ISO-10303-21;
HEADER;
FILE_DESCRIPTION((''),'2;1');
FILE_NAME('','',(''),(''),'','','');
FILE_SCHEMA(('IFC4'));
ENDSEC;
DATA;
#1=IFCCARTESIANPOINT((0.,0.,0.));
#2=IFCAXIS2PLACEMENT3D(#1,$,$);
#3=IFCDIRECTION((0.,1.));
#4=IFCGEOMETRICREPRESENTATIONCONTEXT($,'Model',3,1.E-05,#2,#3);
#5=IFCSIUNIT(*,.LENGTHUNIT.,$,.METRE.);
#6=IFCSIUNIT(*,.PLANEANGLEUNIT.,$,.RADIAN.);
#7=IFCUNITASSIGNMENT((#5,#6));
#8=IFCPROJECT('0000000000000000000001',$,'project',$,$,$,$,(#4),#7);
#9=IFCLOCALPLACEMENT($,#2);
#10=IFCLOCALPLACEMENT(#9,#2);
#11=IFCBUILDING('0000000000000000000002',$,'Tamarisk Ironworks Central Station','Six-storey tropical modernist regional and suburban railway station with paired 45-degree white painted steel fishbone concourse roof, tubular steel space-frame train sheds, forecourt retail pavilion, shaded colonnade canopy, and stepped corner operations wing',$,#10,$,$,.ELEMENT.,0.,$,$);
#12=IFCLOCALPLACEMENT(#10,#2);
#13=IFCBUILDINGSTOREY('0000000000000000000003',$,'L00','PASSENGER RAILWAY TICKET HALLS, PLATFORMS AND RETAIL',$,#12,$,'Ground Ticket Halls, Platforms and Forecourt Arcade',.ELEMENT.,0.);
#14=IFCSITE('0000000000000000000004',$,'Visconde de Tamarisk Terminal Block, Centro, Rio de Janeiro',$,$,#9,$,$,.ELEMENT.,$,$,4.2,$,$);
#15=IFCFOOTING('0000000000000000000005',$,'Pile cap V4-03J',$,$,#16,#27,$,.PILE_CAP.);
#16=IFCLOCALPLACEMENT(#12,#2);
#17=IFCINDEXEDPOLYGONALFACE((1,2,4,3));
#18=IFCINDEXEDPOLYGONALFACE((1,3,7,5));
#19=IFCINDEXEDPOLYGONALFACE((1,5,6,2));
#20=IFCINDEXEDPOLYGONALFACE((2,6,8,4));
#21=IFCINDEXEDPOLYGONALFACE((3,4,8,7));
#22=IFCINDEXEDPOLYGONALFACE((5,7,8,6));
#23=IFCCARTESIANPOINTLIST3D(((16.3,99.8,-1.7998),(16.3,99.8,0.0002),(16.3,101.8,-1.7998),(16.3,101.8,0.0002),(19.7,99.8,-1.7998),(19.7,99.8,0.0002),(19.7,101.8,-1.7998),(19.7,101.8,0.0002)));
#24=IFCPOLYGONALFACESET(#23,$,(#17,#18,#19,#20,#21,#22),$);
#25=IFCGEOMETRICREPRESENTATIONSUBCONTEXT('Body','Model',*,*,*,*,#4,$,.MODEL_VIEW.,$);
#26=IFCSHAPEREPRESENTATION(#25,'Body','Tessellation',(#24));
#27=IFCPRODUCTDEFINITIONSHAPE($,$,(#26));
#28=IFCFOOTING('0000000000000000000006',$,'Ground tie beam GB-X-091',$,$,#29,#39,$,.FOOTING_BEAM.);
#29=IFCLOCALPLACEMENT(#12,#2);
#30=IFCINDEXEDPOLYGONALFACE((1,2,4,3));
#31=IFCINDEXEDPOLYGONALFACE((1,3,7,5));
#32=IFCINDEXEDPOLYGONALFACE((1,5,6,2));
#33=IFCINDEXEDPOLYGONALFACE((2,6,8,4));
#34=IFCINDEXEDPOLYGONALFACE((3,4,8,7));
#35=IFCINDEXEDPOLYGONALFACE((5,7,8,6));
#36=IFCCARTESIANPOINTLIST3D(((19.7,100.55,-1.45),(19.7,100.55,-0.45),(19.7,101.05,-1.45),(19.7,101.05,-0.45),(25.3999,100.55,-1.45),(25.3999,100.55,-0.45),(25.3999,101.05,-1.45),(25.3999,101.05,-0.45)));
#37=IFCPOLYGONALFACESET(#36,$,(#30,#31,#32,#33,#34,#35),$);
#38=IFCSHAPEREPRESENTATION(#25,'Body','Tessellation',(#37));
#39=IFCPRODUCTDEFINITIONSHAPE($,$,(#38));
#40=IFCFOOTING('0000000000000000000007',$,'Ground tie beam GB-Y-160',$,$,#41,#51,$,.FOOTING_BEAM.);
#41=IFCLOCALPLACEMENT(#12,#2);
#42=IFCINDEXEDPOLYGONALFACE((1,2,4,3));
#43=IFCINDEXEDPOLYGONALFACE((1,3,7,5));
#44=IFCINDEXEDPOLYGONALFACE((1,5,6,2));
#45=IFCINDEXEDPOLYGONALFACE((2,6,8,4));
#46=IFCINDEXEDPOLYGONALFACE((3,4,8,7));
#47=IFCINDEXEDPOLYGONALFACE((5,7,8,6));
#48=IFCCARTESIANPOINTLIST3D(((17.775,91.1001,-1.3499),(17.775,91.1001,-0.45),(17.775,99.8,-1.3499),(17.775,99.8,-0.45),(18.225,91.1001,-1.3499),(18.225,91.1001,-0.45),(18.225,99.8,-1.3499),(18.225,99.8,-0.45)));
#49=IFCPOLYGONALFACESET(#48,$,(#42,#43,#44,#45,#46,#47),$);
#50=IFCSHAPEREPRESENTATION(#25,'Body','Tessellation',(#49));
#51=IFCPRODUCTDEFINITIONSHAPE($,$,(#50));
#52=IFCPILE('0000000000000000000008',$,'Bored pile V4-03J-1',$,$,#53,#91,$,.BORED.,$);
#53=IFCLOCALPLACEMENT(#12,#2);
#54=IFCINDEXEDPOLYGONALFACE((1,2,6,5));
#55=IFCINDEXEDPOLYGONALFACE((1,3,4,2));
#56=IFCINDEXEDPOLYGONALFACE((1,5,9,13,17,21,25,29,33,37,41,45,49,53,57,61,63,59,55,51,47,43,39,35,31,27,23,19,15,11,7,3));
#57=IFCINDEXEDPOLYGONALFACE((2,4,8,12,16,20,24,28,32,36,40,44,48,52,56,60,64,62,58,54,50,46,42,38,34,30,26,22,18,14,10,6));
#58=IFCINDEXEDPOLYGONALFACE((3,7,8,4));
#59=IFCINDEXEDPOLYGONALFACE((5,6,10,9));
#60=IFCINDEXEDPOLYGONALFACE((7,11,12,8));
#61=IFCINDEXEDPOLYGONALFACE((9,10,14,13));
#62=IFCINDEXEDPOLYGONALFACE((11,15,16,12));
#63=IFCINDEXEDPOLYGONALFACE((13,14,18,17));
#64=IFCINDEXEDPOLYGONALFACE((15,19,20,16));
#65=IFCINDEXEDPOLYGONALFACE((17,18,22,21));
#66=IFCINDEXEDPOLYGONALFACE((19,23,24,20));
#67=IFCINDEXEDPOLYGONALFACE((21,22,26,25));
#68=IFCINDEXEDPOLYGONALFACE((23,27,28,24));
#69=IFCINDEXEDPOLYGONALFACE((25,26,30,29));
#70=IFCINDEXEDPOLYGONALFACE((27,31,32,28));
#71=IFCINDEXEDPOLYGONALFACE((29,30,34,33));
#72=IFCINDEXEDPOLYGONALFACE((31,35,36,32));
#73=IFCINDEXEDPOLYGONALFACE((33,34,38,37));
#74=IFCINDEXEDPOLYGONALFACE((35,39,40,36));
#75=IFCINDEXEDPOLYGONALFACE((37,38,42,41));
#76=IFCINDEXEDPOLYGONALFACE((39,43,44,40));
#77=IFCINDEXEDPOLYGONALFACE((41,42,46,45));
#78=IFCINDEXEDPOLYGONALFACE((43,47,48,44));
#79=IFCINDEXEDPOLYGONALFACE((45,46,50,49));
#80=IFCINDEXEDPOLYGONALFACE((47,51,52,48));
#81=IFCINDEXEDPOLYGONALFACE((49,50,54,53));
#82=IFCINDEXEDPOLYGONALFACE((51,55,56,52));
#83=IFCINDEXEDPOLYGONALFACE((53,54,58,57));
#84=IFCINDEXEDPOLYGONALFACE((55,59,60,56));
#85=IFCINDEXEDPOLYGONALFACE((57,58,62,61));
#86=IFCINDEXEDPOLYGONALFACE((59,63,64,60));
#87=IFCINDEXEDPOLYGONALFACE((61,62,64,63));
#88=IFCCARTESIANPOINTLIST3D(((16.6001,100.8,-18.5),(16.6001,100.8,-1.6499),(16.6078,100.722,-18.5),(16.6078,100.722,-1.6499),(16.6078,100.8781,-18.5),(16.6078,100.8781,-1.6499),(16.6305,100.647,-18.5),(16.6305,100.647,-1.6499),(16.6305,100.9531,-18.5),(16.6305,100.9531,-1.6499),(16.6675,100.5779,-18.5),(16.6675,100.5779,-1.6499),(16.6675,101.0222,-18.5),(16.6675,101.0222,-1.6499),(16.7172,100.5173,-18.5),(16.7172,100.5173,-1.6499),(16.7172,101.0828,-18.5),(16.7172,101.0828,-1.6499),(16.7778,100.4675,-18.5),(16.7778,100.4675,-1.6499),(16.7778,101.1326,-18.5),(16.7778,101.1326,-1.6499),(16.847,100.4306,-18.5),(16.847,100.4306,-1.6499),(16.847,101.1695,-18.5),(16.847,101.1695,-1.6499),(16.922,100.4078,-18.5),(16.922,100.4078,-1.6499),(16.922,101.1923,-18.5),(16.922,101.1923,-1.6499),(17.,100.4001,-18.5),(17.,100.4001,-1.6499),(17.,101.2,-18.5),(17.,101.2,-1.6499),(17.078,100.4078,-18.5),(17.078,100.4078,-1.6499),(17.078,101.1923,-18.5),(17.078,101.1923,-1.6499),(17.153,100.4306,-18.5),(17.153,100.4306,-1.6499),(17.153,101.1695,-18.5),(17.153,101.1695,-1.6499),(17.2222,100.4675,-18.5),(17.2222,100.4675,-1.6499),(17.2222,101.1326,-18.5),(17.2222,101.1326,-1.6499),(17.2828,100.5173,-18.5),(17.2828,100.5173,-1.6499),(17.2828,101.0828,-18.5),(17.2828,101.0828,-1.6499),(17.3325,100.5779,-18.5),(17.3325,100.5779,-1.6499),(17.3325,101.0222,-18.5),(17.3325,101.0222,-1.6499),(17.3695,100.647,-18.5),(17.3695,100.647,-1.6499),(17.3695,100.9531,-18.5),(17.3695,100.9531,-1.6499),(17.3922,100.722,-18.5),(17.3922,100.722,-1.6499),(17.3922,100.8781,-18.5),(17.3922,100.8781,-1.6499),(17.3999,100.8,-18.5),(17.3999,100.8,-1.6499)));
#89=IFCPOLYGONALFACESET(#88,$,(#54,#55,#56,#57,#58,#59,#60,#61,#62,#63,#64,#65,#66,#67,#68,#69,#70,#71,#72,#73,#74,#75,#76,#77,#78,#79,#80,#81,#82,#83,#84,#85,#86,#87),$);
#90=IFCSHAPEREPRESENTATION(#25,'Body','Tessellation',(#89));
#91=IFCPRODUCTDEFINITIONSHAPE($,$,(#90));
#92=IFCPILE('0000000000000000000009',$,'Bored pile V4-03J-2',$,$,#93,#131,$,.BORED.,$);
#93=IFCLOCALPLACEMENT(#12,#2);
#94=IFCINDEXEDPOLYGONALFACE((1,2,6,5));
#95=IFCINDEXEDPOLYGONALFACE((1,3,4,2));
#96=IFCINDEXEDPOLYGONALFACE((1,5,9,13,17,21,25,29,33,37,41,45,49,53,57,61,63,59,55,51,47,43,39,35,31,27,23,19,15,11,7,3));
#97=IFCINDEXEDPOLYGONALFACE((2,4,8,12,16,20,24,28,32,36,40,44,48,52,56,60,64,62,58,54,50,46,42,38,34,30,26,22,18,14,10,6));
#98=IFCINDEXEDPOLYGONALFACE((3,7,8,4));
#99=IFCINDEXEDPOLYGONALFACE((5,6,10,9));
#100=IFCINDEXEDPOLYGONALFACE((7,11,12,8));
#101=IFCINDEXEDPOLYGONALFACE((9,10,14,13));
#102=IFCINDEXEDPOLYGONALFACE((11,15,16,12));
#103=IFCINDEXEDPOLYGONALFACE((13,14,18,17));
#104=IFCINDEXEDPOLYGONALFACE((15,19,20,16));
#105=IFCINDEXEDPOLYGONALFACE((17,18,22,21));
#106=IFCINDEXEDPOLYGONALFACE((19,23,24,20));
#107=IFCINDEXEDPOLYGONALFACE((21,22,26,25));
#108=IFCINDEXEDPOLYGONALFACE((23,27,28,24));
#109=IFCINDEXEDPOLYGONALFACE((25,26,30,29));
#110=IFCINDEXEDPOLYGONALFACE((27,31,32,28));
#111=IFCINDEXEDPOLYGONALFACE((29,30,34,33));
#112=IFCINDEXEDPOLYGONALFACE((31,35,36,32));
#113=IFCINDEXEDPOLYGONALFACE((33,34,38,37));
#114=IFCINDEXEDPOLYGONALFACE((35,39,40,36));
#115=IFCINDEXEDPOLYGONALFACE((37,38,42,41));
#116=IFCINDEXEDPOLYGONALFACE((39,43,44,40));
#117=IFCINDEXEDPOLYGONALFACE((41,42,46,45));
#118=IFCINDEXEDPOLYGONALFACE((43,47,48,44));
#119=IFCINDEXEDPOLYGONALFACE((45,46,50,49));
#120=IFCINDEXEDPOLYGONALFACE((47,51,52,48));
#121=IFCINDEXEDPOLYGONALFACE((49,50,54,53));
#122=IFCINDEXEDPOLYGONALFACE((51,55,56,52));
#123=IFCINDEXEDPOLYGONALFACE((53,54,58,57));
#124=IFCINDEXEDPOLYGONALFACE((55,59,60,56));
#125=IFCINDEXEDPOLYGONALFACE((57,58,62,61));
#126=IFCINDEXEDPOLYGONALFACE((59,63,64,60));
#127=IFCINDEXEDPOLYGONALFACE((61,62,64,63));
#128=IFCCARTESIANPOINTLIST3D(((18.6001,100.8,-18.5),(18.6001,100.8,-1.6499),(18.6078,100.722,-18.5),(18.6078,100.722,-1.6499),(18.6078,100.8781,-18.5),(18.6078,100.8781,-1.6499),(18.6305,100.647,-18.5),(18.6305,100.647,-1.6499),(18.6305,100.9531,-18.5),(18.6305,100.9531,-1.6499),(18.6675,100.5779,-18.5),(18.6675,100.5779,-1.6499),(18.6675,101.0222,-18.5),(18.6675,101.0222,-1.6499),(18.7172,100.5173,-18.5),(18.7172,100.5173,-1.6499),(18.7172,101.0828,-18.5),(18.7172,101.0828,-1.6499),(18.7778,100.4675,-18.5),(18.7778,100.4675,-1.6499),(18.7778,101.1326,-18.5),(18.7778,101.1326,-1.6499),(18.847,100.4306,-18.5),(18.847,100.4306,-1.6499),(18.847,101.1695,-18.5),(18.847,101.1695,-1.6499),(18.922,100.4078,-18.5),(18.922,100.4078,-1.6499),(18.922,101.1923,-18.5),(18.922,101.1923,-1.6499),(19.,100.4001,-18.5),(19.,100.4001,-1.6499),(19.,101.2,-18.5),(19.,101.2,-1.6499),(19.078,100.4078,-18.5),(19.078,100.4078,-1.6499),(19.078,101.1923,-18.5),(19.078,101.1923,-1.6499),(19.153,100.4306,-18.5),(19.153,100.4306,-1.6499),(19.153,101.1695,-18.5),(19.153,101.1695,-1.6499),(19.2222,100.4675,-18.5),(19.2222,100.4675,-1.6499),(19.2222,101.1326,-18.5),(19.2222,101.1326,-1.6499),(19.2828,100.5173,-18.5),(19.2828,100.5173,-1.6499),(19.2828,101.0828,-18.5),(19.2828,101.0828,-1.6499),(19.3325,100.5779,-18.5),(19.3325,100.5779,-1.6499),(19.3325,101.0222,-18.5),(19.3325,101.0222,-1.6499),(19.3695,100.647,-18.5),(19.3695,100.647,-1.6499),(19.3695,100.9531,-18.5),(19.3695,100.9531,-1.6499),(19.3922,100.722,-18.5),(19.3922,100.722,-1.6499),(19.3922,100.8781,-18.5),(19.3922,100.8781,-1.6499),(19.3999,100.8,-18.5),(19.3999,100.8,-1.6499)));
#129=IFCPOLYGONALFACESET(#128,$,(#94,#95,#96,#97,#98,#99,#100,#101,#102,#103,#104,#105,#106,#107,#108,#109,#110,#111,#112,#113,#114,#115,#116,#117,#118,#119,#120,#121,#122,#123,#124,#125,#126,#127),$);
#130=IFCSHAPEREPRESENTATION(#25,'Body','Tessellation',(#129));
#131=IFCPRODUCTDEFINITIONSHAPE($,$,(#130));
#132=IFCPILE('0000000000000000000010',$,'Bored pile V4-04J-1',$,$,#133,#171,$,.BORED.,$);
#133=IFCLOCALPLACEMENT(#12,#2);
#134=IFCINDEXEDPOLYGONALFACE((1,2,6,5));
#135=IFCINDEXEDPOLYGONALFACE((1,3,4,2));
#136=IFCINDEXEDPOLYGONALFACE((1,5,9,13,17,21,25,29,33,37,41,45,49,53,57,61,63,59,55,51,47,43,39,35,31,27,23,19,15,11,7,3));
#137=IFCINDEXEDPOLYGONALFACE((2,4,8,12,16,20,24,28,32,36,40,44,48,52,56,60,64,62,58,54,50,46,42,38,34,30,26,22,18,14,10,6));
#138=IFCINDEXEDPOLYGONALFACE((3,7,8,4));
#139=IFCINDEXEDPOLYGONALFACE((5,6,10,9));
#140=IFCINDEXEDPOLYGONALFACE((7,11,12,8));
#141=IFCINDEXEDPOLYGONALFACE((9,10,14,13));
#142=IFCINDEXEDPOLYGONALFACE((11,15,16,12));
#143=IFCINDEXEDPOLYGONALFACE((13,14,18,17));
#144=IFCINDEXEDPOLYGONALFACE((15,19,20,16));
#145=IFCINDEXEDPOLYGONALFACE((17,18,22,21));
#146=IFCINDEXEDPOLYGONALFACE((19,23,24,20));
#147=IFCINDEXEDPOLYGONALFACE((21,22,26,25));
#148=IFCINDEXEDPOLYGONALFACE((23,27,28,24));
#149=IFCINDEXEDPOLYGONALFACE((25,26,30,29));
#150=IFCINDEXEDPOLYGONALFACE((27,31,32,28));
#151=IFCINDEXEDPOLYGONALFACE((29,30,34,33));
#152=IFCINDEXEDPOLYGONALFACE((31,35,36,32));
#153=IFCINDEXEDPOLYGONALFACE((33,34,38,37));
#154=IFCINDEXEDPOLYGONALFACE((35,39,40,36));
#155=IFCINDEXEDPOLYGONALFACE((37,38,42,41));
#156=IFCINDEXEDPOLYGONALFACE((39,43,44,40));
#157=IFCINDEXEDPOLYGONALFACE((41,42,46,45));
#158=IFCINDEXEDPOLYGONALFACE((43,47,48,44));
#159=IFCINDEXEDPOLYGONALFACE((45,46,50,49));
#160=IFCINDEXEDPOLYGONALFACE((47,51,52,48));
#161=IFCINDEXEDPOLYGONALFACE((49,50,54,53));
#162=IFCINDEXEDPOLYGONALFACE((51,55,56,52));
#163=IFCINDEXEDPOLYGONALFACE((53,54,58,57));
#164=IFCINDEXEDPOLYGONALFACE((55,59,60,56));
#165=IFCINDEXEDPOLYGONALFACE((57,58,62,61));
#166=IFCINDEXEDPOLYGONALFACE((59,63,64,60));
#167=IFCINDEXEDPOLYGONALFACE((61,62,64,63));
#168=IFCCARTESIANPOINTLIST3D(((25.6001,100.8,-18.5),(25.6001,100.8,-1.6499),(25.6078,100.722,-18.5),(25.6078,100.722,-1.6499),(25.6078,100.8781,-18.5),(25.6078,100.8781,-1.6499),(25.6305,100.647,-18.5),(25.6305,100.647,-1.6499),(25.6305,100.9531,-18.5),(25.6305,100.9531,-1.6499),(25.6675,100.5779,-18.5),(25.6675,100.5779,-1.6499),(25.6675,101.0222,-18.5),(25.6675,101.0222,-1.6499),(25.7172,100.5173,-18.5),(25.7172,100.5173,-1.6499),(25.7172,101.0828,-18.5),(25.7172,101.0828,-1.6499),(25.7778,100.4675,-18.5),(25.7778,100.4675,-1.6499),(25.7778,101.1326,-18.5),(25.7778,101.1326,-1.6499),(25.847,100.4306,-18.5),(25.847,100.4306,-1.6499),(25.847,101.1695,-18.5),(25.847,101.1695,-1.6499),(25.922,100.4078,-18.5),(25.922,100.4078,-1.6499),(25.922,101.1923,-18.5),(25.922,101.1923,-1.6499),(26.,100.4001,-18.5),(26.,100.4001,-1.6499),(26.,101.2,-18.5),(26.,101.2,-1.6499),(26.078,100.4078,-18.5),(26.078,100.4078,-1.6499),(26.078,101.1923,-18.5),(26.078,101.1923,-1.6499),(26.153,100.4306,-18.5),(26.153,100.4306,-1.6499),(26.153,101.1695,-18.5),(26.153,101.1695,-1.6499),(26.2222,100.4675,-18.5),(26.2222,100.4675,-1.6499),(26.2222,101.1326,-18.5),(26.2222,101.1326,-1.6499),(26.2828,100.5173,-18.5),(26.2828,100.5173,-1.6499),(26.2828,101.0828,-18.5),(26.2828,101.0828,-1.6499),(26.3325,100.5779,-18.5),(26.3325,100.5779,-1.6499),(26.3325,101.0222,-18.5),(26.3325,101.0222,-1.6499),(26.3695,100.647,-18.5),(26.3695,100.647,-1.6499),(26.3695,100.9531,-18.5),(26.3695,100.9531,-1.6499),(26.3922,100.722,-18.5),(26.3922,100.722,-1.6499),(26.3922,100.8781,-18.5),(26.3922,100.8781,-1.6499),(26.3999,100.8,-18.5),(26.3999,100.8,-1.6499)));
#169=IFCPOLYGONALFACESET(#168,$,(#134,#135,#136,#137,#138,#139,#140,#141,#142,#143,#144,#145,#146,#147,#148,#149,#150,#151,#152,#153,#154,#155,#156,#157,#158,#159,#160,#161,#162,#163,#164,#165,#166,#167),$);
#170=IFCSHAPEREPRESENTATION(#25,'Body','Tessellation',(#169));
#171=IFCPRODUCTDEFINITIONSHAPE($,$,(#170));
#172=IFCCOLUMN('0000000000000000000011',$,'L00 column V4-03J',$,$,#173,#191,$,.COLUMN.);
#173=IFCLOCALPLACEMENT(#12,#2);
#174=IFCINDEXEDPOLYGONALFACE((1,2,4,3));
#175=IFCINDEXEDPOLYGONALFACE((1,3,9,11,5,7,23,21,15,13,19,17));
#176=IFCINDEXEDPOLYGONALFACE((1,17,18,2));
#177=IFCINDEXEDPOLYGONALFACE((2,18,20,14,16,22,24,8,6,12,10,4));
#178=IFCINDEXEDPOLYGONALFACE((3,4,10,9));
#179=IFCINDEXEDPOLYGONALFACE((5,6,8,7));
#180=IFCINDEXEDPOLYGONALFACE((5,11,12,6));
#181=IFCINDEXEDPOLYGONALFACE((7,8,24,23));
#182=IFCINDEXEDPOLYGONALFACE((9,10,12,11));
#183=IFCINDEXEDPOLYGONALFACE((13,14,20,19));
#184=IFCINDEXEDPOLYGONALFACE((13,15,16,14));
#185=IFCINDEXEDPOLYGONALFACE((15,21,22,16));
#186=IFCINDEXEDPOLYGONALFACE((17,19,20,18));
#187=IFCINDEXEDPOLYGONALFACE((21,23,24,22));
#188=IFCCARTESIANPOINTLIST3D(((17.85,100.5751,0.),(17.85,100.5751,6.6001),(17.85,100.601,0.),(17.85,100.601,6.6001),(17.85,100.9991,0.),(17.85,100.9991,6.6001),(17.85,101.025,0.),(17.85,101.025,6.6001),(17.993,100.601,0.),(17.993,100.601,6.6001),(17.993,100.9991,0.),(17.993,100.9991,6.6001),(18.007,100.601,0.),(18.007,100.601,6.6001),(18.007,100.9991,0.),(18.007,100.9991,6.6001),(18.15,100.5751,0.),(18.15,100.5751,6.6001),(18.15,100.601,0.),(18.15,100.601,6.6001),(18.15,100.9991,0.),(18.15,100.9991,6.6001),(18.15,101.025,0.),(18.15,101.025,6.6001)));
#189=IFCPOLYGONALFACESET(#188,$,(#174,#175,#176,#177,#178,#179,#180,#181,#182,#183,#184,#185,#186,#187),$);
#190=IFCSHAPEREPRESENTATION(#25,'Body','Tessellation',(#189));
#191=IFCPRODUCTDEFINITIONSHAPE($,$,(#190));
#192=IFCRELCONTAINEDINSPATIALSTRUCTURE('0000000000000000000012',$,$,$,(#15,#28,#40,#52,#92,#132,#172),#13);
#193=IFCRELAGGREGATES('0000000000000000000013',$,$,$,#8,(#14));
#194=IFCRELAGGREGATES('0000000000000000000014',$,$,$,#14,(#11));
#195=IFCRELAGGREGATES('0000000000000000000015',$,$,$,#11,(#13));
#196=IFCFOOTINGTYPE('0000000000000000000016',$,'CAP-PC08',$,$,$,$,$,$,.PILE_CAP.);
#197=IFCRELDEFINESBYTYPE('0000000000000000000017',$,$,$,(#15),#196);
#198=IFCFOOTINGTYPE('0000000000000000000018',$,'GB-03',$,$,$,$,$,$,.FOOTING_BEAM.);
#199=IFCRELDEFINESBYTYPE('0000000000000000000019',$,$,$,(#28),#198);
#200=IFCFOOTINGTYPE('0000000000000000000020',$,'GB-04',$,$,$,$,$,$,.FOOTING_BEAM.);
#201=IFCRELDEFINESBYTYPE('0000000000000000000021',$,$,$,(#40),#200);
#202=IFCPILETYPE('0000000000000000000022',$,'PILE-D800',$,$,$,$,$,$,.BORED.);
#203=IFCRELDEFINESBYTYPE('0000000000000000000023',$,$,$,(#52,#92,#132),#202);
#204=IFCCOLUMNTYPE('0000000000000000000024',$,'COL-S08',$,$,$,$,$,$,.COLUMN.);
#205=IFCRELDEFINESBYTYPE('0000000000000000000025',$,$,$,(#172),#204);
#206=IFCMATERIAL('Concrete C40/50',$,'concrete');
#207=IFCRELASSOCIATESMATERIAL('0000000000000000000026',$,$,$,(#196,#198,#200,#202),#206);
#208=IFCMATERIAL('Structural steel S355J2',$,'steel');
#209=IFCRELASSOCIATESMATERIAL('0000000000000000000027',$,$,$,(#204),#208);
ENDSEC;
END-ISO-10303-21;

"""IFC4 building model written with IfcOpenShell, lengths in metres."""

from ifc_helpers import new_model, si_unit, direction, frame, origin, origin_2d, place, context, subcontext, project, spatial, rectangle, circle, i_section, extrude, material, material_profile, profile_set, type_object, element, save


model = new_model("IFC4")

# Units and contexts
model_context = context("Model", 3, precision=1e-05, world=origin(), true_north=direction((0.0, 1.0)))
body_context = subcontext(model_context, "Body", "Model", "MODEL_VIEW")
ifc_project = project(units=[si_unit("LENGTHUNIT", "METRE"), si_unit("PLANEANGLEUNIT", "RADIAN")], contexts=[model_context])

# Site, building, storey
site_placement = place(None, origin())
site = spatial("IfcSite", under=ifc_project, at=site_placement, Name="Visconde de Tamarisk Terminal Block, Centro, Rio de Janeiro", CompositionType="ELEMENT", RefElevation=4.2)
building_placement = place(site_placement, origin())
building = spatial("IfcBuilding", under=site, at=building_placement, Name="Tamarisk Ironworks Central Station", Description="Six-storey tropical modernist regional and suburban railway station with paired 45-degree white painted steel fishbone concourse roof, tubular steel space-frame train sheds, forecourt retail pavilion, shaded colonnade canopy, and stepped corner operations wing", CompositionType="ELEMENT", ElevationOfRefHeight=0.0)
storey_placement = place(building_placement, origin())
storey = spatial("IfcBuildingStorey", under=building, at=storey_placement, Name="L00", Description="PASSENGER RAILWAY TICKET HALLS, PLATFORMS AND RETAIL", LongName="Ground Ticket Halls, Platforms and Forecourt Arcade", CompositionType="ELEMENT", Elevation=0.0)

# Footings
ifc_material_1 = material(Name="Concrete C40/50", Category="concrete")
footing_type_1 = type_object("IfcFootingType", Name="CAP-PC08", PredefinedType="PILE_CAP", material=ifc_material_1)
footing_1_placement = place(storey_placement, frame((18.0, 100.8, -1.7998), z_axis=(0.0, 0.0, 1.0), x_axis=(1.0, 0.0, 0.0)))
element("IfcFooting", 1, at=footing_1_placement, inside=storey, type_object=footing_type_1, Name="Pile cap V4-03J", PredefinedType="PILE_CAP", context=body_context, shape_type="SweptSolid", body=[
    extrude(rectangle(XDim=3.3999, YDim=2.0, at=origin_2d()), origin(), (0.0, 0.0, 1.0), 1.8),
])
ifc_material_profile_1 = material_profile(ifc_material_1, rectangle(XDim=0.5, YDim=1.0, at=origin_2d()), Name="GB03 500x1000")
ifc_profile_set_1 = profile_set([ifc_material_profile_1], Name="Concrete C40/50")
footing_type_2 = type_object("IfcFootingType", Name="GB-03", PredefinedType="FOOTING_BEAM", material=ifc_profile_set_1)
footing_2_placement = place(storey_placement, frame((19.7, 100.8, -0.95), z_axis=(1.0, 0.0, 0.0), x_axis=(0.0, 1.0, 0.0)))
element("IfcFooting", 2, at=footing_2_placement, inside=storey, type_object=footing_type_2, Name="Ground tie beam GB-X-091", PredefinedType="FOOTING_BEAM", context=body_context, shape_type="SweptSolid", body=[
    extrude(rectangle(XDim=0.5, YDim=1.0, at=origin_2d()), origin(), (0.0, 0.0, 1.0), 5.7),
])
ifc_material_profile_2 = material_profile(ifc_material_1, rectangle(XDim=0.45, YDim=0.8999, at=origin_2d()), Name="GB04 450x900")
ifc_profile_set_2 = profile_set([ifc_material_profile_2], Name="Concrete C40/50")
footing_type_3 = type_object("IfcFootingType", Name="GB-04", PredefinedType="FOOTING_BEAM", material=ifc_profile_set_2)
footing_3_placement = place(storey_placement, frame((18.0, 91.1001, -0.8999), z_axis=(0.0, 1.0, 0.0), x_axis=(-1.0, 0.0, 0.0)))
element("IfcFooting", 3, at=footing_3_placement, inside=storey, type_object=footing_type_3, Name="Ground tie beam GB-Y-160", PredefinedType="FOOTING_BEAM", context=body_context, shape_type="SweptSolid", body=[
    extrude(rectangle(XDim=0.45, YDim=0.8999, at=origin_2d()), origin(), (0.0, 0.0, 1.0), 8.7),
])

# Piles
ifc_material_profile_3 = material_profile(ifc_material_1, circle(Radius=0.3999, at=origin_2d()), Name="BORED PILE D800")
ifc_profile_set_3 = profile_set([ifc_material_profile_3], Name="Concrete C40/50")
pile_type = type_object("IfcPileType", Name="PILE-D800", PredefinedType="BORED", material=ifc_profile_set_3)
for number, where, z_axis, x_axis, name in (
    (4, (17.0, 100.8, -1.6499), (0.0, 0.0, -1.0), (1.0, 0.0, 0.0), "Bored pile V4-03J-1"),
    (5, (19.0, 100.8, -1.6499), (0.0, 0.0, -1.0), (1.0, 0.0, 0.0), "Bored pile V4-03J-2"),
    (6, (26.0, 100.8, -1.6499), (0.0, 0.0, -1.0), (1.0, 0.0, 0.0), "Bored pile V4-04J-1"),
):
    element("IfcPile", number, at=place(storey_placement, frame(where, z_axis=z_axis, x_axis=x_axis)), inside=storey, type_object=pile_type, Name=name, PredefinedType="BORED", context=body_context, shape_type="SweptSolid", body=[
        extrude(circle(Radius=0.3999, at=origin_2d()), origin(), (0.0, 0.0, 1.0), 16.8501),
    ])

# Column
ifc_material_2 = material(Name="Structural steel S355J2", Category="steel")
ifc_material_profile_4 = material_profile(ifc_material_2, i_section(OverallWidth=0.3, OverallDepth=0.45, WebThickness=0.0139, FlangeThickness=0.0259, at=origin_2d()), Name="HEB 450")
ifc_profile_set_4 = profile_set([ifc_material_profile_4], Name="Structural steel S355J2")
column_type = type_object("IfcColumnType", Name="COL-S08", PredefinedType="COLUMN", material=ifc_profile_set_4)
column_placement = place(storey_placement, frame((18.0, 100.8, 0.0), z_axis=(0.0, 0.0, 1.0), x_axis=(1.0, 0.0, 0.0)))
element("IfcColumn", 7, at=column_placement, inside=storey, type_object=column_type, Name="L00 column V4-03J", PredefinedType="COLUMN", context=body_context, shape_type="SweptSolid", body=[
    extrude(i_section(OverallWidth=0.3, OverallDepth=0.45, WebThickness=0.0139, FlangeThickness=0.0259, at=origin_2d()), origin(), (0.0, 0.0, 1.0), 6.6001),
])

save(model, "model.ifc")
